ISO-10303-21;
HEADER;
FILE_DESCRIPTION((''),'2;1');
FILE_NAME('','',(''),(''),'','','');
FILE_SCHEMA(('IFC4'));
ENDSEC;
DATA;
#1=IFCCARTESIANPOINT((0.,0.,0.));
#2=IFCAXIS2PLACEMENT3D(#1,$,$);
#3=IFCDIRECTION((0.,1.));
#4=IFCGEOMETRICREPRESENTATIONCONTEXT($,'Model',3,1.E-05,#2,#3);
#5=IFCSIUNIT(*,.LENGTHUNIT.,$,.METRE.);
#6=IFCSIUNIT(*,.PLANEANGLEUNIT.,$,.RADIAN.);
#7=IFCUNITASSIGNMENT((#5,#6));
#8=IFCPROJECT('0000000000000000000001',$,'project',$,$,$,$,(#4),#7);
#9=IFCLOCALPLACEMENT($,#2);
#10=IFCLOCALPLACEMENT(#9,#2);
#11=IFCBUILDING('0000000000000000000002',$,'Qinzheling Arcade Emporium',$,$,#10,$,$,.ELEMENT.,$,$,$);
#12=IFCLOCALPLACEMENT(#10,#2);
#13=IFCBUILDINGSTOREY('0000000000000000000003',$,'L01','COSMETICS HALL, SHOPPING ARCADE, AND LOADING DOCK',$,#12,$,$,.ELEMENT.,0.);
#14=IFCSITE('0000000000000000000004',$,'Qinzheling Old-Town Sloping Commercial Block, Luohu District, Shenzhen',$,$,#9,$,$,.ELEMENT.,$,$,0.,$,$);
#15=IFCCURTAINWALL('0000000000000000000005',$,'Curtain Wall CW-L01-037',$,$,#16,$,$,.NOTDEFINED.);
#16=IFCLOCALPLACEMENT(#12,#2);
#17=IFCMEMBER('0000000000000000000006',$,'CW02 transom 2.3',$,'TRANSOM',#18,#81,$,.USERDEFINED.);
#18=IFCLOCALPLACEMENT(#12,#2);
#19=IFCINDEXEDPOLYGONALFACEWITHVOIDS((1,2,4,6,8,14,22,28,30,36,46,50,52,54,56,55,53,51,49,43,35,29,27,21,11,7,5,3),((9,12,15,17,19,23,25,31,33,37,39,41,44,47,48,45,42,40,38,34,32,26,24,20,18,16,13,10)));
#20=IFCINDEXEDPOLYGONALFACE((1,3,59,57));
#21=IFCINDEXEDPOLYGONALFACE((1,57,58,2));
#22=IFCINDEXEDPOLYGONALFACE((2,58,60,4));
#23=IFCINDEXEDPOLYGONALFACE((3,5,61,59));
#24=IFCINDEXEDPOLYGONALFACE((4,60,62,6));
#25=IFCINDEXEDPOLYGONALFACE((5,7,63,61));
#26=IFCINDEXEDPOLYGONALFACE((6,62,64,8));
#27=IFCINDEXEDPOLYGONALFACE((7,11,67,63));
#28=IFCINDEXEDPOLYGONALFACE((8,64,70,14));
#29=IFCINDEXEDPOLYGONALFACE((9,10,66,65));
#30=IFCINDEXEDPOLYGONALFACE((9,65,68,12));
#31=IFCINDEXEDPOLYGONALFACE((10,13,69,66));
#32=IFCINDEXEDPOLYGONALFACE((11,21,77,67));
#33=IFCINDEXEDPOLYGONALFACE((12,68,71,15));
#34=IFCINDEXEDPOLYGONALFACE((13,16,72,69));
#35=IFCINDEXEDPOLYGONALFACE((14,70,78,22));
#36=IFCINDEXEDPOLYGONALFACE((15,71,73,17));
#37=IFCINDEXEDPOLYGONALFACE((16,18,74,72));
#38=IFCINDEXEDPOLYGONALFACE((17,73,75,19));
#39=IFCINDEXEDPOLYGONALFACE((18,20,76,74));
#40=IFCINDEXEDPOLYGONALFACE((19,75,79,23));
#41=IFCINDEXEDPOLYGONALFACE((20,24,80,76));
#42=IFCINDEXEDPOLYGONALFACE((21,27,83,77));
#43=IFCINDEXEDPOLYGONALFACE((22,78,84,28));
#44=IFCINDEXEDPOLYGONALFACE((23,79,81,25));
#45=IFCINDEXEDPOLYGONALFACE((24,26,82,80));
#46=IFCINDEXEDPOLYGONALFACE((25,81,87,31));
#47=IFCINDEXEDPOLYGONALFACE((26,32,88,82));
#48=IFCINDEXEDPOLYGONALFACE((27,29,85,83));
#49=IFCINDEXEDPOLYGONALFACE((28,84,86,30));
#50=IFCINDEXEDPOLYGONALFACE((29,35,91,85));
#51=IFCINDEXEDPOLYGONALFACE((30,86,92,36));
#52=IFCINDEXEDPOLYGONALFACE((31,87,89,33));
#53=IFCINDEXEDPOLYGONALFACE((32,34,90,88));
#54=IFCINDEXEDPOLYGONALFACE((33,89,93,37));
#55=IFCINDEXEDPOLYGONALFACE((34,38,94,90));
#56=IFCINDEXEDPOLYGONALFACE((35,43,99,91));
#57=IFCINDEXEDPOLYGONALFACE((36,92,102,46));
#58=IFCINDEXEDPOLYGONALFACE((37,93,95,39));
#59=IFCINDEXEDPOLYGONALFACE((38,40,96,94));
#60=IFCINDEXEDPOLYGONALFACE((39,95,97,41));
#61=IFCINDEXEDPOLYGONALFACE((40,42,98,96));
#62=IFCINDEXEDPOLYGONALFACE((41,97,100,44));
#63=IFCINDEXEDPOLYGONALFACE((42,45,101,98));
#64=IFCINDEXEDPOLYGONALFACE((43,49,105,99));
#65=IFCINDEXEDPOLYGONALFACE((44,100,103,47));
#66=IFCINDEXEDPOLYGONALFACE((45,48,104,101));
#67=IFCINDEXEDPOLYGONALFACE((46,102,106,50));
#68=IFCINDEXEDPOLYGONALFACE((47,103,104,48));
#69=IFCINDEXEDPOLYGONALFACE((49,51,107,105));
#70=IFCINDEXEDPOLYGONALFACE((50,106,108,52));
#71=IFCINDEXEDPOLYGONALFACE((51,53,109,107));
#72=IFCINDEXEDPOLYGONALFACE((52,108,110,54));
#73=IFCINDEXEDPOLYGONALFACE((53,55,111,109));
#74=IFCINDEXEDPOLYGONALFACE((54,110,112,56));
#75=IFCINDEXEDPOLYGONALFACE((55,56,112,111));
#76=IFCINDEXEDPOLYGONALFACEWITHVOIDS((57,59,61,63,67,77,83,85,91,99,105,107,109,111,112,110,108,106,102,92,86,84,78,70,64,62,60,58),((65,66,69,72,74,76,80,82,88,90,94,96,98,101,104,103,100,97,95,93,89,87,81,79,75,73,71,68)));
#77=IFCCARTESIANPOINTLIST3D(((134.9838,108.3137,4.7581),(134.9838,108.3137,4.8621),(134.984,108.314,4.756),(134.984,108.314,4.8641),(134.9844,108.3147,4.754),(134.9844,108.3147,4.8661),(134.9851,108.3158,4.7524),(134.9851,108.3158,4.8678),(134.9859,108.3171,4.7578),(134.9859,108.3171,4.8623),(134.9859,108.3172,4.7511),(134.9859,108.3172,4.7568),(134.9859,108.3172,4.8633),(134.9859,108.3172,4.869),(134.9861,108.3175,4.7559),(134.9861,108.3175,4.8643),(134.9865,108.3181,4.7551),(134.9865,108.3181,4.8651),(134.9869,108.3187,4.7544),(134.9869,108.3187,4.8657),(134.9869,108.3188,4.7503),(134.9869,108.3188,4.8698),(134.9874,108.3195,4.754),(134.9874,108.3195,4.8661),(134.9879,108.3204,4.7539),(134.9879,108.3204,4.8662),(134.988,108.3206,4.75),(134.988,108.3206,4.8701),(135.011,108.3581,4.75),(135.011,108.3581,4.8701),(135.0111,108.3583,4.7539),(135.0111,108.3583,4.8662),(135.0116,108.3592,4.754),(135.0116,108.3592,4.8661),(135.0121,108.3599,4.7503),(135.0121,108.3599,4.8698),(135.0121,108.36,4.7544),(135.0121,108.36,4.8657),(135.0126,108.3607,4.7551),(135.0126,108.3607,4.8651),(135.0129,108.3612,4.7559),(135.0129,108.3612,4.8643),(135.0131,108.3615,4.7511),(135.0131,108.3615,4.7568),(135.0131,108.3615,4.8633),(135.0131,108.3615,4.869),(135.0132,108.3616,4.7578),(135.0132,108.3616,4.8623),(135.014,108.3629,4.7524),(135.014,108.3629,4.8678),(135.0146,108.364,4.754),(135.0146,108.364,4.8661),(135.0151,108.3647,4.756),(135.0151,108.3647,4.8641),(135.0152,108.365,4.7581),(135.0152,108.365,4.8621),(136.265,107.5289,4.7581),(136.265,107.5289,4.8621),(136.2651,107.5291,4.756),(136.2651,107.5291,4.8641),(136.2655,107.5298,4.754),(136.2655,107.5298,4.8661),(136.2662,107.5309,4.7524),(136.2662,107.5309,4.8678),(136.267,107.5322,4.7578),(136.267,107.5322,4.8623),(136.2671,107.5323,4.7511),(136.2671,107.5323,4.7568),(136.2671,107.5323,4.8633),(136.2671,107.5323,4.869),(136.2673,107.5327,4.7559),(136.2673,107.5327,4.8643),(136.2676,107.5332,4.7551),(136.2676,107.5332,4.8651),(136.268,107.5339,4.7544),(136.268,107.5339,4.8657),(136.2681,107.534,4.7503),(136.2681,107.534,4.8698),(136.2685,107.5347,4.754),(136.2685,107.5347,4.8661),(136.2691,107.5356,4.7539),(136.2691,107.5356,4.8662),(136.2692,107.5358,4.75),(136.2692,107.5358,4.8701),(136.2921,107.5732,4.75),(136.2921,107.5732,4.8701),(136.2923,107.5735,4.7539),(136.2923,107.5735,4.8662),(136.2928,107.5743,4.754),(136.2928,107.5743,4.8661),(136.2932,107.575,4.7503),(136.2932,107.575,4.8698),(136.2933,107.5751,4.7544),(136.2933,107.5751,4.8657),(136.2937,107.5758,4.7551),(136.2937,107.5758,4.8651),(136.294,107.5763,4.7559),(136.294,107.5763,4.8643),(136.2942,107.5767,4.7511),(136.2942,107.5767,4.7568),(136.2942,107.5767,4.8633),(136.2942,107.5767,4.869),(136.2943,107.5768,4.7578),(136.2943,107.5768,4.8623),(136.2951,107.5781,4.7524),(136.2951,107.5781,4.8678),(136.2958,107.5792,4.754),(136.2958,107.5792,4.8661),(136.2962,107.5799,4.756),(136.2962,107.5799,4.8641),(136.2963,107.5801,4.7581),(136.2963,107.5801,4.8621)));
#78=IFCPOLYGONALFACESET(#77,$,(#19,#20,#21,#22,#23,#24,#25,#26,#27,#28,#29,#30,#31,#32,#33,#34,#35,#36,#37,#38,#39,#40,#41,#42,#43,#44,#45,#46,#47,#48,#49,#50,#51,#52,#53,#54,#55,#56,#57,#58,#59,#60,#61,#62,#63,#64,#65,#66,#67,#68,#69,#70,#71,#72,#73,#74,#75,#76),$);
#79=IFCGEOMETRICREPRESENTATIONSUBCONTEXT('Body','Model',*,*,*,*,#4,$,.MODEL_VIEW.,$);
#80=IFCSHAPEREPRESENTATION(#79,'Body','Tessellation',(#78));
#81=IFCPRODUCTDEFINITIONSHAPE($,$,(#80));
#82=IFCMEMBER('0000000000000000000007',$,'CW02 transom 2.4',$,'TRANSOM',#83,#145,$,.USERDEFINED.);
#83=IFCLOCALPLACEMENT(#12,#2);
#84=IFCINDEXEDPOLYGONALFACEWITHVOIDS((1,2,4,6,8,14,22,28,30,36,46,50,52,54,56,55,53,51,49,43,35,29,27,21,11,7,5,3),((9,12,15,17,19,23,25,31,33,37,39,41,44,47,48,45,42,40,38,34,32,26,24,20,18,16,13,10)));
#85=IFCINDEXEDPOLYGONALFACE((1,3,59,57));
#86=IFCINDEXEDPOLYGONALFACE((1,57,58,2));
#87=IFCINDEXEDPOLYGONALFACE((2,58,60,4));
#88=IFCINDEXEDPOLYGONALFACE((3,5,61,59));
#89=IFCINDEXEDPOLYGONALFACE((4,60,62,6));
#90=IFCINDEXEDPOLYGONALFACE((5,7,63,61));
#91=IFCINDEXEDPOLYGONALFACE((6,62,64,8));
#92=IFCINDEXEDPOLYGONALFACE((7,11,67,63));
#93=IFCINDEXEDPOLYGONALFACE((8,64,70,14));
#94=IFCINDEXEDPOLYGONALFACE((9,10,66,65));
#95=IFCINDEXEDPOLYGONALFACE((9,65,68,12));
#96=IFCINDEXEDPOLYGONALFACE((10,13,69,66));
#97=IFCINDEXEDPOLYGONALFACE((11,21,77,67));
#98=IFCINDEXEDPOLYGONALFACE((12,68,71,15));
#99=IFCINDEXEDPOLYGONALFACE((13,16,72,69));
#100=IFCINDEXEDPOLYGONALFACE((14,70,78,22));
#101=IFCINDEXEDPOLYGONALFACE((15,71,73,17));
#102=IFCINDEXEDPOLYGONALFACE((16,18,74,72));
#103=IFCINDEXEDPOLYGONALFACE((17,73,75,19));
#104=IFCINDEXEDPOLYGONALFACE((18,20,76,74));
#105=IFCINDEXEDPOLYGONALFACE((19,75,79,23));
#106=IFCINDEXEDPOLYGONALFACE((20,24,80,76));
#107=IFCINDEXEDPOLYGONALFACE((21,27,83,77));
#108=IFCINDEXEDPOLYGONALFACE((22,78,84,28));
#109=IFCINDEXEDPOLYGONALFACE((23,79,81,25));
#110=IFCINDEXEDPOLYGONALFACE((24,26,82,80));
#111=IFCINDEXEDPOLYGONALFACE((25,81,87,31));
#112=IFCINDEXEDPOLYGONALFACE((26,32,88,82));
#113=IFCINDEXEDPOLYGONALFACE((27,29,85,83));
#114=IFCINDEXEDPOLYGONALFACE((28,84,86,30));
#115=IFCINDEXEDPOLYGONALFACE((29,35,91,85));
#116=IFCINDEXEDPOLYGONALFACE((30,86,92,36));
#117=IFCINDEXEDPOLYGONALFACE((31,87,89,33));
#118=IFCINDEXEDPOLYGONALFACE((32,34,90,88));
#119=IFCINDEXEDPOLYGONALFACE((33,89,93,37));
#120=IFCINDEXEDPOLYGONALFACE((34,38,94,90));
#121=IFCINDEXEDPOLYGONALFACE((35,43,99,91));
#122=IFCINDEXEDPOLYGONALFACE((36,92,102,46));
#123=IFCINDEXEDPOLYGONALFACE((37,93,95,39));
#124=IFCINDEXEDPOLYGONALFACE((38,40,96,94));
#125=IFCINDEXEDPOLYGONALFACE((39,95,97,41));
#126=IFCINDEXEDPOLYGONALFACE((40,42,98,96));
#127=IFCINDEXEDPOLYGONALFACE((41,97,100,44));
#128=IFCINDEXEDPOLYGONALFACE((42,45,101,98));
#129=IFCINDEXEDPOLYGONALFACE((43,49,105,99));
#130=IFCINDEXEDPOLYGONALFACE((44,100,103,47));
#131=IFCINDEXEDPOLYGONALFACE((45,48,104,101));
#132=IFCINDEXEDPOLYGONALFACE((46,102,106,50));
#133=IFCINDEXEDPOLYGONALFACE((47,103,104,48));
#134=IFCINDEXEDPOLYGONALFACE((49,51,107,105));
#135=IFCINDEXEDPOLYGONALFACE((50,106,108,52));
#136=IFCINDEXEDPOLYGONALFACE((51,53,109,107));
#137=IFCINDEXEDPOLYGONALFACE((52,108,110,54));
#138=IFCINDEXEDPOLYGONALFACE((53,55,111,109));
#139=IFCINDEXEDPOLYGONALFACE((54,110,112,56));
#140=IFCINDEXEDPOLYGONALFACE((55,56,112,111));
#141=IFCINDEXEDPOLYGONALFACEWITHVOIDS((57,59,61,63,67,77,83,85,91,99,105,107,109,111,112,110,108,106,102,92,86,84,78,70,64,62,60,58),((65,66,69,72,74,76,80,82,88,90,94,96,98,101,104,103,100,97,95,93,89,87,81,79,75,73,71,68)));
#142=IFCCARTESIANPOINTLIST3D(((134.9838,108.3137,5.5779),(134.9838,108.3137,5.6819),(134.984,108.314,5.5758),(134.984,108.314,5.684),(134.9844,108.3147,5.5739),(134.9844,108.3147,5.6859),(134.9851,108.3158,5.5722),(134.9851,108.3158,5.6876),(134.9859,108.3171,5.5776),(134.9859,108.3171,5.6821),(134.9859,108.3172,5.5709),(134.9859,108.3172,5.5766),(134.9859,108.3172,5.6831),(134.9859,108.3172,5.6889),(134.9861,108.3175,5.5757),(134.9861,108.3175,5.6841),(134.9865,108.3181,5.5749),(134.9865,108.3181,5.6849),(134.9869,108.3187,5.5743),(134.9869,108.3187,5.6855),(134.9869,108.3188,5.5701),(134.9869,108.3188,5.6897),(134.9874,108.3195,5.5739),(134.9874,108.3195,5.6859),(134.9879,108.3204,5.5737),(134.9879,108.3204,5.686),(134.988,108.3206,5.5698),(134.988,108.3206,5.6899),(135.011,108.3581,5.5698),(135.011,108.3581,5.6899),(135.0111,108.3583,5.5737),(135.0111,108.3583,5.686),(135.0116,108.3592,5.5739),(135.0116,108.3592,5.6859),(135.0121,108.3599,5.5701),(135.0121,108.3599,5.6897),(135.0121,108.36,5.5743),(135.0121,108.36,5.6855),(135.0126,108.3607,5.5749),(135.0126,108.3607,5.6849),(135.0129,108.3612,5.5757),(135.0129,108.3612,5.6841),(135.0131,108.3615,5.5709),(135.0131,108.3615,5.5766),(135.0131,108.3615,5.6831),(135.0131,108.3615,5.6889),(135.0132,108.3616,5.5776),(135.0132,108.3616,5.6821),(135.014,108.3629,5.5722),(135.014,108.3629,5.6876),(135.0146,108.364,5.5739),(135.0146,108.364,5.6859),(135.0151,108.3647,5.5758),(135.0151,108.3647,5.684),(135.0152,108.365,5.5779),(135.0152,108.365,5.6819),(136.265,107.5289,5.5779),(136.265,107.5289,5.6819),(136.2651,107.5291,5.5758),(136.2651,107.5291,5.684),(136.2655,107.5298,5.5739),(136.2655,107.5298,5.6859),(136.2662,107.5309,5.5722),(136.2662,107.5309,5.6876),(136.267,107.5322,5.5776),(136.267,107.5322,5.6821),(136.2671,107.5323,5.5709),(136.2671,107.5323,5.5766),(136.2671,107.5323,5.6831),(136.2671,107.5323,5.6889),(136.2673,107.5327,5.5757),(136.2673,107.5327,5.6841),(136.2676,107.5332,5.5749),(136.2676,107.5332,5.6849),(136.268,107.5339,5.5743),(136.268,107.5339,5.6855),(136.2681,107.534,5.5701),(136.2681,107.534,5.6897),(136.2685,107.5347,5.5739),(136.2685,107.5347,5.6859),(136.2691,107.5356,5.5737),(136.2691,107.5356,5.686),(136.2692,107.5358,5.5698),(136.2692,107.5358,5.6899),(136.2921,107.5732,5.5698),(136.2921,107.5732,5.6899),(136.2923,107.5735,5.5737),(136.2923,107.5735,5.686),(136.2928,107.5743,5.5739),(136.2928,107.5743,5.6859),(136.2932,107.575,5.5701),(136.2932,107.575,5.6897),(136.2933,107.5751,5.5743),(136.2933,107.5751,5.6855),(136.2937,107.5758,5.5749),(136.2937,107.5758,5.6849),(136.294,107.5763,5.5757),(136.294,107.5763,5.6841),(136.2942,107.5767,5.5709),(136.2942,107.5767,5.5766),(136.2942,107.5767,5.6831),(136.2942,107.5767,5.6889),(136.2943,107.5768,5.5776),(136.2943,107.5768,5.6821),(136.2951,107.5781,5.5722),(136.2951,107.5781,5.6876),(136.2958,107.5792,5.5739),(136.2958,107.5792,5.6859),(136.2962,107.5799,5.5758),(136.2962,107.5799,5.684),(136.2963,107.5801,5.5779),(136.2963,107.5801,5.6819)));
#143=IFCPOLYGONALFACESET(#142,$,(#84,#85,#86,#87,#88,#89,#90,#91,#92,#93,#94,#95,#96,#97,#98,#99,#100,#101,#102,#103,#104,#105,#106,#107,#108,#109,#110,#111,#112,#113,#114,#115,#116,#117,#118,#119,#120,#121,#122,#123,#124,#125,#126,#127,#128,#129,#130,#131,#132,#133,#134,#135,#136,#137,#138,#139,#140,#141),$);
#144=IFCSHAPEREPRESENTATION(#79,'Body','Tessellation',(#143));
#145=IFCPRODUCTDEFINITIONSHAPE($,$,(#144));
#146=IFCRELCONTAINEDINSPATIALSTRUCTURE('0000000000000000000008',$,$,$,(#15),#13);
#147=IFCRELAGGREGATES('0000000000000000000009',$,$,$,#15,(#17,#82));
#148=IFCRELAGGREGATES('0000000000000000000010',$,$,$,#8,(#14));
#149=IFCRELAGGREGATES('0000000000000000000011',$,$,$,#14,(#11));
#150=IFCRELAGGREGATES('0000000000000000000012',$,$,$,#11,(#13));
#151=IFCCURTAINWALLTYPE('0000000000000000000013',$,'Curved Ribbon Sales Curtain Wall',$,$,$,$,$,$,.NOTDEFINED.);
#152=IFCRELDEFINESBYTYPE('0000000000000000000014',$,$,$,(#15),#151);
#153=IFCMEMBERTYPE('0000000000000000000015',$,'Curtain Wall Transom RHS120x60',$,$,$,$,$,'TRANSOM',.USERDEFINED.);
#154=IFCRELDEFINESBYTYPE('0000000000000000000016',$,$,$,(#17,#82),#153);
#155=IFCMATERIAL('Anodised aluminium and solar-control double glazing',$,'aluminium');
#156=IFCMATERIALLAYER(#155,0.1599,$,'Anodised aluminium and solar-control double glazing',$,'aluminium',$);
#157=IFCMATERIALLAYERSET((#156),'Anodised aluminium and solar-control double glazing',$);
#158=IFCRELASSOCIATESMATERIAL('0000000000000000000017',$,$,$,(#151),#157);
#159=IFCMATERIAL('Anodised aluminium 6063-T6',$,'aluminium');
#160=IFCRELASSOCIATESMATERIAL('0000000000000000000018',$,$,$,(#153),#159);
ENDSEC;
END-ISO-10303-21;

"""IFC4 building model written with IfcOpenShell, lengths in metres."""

from ifc_helpers import new_model, si_unit, direction, frame, origin, origin_2d, place, context, subcontext, project, spatial, hollow_rectangle, extrude, material, layer, layer_set, material_profile, profile_set, type_object, element, aggregate, save


model = new_model("IFC4")

# Units and contexts
model_context = context("Model", 3, precision=1e-05, world=origin(), true_north=direction((0.0, 1.0)))
body_context = subcontext(model_context, "Body", "Model", "MODEL_VIEW")
ifc_project = project(units=[si_unit("LENGTHUNIT", "METRE"), si_unit("PLANEANGLEUNIT", "RADIAN")], contexts=[model_context])

# Site, building, storey
site_placement = place(None, origin())
site = spatial("IfcSite", under=ifc_project, at=site_placement, Name="Qinzheling Old-Town Sloping Commercial Block, Luohu District, Shenzhen", CompositionType="ELEMENT", RefElevation=0.0)
building_placement = place(site_placement, origin())
building = spatial("IfcBuilding", under=site, at=building_placement, Name="Qinzheling Arcade Emporium", CompositionType="ELEMENT")
storey_placement = place(building_placement, origin())
storey = spatial("IfcBuildingStorey", under=building, at=storey_placement, Name="L01", Description="COSMETICS HALL, SHOPPING ARCADE, AND LOADING DOCK", CompositionType="ELEMENT", Elevation=0.0)

# Curtain wall
ifc_material_1 = material(Name="Anodised aluminium and solar-control double glazing", Category="aluminium")
ifc_layer_1 = layer(ifc_material_1, 0.1599, Name="Anodised aluminium and solar-control double glazing", Category="aluminium")
ifc_layer_set_1 = layer_set([ifc_layer_1], Name="Anodised aluminium and solar-control double glazing")
curtain_wall_type = type_object("IfcCurtainWallType", Name="Curved Ribbon Sales Curtain Wall", PredefinedType="NOTDEFINED", material=ifc_layer_set_1)
curtain_wall_1_placement = place(storey_placement, origin())
curtain_wall_1 = element("IfcCurtainWall", 1, at=curtain_wall_1_placement, inside=storey, type_object=curtain_wall_type, Name="Curtain Wall CW-L01-037", PredefinedType="NOTDEFINED")
ifc_material_2 = material(Name="Anodised aluminium 6063-T6", Category="aluminium")

# Members
ifc_material_profile_1 = material_profile(ifc_material_2, hollow_rectangle(XDim=0.0601, YDim=0.1201, WallThickness=0.0039, InnerFilletRadius=0.0039, OuterFilletRadius=0.0081, at=origin_2d()), Name="RHS 120x60x4", Category="aluminium")
ifc_profile_set_1 = profile_set([ifc_material_profile_1], Name="Anodised aluminium 6063-T6")
member_type_1 = type_object("IfcMemberType", Name="Curtain Wall Transom RHS120x60", ElementType="TRANSOM", PredefinedType="USERDEFINED", material=ifc_profile_set_1)
member_1_placement = place(storey_placement, frame((134.9995, 108.3394, 4.8101), z_axis=(0.852711, -0.522383, 0.0), x_axis=(0.522383, 0.852711, 0.0)))
member_1 = element("IfcMember", 2, at=member_1_placement, type_object=member_type_1, Name="CW02 transom 2.3", ObjectType="TRANSOM", PredefinedType="USERDEFINED", context=body_context, shape_type="SweptSolid", body=[
    extrude(hollow_rectangle(XDim=0.0601, YDim=0.1201, WallThickness=0.0039, InnerFilletRadius=0.0039, OuterFilletRadius=0.0081, at=origin_2d()), origin(), (0.0, 0.0, 1.0), 1.5024),
])
member_2_placement = place(storey_placement, frame((134.9995, 108.3394, 5.6299), z_axis=(0.852711, -0.522383, 0.0), x_axis=(0.522383, 0.852711, 0.0)))
member_2 = element("IfcMember", 3, at=member_2_placement, type_object=member_type_1, Name="CW02 transom 2.4", ObjectType="TRANSOM", PredefinedType="USERDEFINED", context=body_context, shape_type="SweptSolid", body=[
    extrude(hollow_rectangle(XDim=0.0601, YDim=0.1201, WallThickness=0.0039, InnerFilletRadius=0.0039, OuterFilletRadius=0.0081, at=origin_2d()), origin(), (0.0, 0.0, 1.0), 1.5024),
])

aggregate(curtain_wall_1, [member_1, member_2])

save(model, "model.ifc")
